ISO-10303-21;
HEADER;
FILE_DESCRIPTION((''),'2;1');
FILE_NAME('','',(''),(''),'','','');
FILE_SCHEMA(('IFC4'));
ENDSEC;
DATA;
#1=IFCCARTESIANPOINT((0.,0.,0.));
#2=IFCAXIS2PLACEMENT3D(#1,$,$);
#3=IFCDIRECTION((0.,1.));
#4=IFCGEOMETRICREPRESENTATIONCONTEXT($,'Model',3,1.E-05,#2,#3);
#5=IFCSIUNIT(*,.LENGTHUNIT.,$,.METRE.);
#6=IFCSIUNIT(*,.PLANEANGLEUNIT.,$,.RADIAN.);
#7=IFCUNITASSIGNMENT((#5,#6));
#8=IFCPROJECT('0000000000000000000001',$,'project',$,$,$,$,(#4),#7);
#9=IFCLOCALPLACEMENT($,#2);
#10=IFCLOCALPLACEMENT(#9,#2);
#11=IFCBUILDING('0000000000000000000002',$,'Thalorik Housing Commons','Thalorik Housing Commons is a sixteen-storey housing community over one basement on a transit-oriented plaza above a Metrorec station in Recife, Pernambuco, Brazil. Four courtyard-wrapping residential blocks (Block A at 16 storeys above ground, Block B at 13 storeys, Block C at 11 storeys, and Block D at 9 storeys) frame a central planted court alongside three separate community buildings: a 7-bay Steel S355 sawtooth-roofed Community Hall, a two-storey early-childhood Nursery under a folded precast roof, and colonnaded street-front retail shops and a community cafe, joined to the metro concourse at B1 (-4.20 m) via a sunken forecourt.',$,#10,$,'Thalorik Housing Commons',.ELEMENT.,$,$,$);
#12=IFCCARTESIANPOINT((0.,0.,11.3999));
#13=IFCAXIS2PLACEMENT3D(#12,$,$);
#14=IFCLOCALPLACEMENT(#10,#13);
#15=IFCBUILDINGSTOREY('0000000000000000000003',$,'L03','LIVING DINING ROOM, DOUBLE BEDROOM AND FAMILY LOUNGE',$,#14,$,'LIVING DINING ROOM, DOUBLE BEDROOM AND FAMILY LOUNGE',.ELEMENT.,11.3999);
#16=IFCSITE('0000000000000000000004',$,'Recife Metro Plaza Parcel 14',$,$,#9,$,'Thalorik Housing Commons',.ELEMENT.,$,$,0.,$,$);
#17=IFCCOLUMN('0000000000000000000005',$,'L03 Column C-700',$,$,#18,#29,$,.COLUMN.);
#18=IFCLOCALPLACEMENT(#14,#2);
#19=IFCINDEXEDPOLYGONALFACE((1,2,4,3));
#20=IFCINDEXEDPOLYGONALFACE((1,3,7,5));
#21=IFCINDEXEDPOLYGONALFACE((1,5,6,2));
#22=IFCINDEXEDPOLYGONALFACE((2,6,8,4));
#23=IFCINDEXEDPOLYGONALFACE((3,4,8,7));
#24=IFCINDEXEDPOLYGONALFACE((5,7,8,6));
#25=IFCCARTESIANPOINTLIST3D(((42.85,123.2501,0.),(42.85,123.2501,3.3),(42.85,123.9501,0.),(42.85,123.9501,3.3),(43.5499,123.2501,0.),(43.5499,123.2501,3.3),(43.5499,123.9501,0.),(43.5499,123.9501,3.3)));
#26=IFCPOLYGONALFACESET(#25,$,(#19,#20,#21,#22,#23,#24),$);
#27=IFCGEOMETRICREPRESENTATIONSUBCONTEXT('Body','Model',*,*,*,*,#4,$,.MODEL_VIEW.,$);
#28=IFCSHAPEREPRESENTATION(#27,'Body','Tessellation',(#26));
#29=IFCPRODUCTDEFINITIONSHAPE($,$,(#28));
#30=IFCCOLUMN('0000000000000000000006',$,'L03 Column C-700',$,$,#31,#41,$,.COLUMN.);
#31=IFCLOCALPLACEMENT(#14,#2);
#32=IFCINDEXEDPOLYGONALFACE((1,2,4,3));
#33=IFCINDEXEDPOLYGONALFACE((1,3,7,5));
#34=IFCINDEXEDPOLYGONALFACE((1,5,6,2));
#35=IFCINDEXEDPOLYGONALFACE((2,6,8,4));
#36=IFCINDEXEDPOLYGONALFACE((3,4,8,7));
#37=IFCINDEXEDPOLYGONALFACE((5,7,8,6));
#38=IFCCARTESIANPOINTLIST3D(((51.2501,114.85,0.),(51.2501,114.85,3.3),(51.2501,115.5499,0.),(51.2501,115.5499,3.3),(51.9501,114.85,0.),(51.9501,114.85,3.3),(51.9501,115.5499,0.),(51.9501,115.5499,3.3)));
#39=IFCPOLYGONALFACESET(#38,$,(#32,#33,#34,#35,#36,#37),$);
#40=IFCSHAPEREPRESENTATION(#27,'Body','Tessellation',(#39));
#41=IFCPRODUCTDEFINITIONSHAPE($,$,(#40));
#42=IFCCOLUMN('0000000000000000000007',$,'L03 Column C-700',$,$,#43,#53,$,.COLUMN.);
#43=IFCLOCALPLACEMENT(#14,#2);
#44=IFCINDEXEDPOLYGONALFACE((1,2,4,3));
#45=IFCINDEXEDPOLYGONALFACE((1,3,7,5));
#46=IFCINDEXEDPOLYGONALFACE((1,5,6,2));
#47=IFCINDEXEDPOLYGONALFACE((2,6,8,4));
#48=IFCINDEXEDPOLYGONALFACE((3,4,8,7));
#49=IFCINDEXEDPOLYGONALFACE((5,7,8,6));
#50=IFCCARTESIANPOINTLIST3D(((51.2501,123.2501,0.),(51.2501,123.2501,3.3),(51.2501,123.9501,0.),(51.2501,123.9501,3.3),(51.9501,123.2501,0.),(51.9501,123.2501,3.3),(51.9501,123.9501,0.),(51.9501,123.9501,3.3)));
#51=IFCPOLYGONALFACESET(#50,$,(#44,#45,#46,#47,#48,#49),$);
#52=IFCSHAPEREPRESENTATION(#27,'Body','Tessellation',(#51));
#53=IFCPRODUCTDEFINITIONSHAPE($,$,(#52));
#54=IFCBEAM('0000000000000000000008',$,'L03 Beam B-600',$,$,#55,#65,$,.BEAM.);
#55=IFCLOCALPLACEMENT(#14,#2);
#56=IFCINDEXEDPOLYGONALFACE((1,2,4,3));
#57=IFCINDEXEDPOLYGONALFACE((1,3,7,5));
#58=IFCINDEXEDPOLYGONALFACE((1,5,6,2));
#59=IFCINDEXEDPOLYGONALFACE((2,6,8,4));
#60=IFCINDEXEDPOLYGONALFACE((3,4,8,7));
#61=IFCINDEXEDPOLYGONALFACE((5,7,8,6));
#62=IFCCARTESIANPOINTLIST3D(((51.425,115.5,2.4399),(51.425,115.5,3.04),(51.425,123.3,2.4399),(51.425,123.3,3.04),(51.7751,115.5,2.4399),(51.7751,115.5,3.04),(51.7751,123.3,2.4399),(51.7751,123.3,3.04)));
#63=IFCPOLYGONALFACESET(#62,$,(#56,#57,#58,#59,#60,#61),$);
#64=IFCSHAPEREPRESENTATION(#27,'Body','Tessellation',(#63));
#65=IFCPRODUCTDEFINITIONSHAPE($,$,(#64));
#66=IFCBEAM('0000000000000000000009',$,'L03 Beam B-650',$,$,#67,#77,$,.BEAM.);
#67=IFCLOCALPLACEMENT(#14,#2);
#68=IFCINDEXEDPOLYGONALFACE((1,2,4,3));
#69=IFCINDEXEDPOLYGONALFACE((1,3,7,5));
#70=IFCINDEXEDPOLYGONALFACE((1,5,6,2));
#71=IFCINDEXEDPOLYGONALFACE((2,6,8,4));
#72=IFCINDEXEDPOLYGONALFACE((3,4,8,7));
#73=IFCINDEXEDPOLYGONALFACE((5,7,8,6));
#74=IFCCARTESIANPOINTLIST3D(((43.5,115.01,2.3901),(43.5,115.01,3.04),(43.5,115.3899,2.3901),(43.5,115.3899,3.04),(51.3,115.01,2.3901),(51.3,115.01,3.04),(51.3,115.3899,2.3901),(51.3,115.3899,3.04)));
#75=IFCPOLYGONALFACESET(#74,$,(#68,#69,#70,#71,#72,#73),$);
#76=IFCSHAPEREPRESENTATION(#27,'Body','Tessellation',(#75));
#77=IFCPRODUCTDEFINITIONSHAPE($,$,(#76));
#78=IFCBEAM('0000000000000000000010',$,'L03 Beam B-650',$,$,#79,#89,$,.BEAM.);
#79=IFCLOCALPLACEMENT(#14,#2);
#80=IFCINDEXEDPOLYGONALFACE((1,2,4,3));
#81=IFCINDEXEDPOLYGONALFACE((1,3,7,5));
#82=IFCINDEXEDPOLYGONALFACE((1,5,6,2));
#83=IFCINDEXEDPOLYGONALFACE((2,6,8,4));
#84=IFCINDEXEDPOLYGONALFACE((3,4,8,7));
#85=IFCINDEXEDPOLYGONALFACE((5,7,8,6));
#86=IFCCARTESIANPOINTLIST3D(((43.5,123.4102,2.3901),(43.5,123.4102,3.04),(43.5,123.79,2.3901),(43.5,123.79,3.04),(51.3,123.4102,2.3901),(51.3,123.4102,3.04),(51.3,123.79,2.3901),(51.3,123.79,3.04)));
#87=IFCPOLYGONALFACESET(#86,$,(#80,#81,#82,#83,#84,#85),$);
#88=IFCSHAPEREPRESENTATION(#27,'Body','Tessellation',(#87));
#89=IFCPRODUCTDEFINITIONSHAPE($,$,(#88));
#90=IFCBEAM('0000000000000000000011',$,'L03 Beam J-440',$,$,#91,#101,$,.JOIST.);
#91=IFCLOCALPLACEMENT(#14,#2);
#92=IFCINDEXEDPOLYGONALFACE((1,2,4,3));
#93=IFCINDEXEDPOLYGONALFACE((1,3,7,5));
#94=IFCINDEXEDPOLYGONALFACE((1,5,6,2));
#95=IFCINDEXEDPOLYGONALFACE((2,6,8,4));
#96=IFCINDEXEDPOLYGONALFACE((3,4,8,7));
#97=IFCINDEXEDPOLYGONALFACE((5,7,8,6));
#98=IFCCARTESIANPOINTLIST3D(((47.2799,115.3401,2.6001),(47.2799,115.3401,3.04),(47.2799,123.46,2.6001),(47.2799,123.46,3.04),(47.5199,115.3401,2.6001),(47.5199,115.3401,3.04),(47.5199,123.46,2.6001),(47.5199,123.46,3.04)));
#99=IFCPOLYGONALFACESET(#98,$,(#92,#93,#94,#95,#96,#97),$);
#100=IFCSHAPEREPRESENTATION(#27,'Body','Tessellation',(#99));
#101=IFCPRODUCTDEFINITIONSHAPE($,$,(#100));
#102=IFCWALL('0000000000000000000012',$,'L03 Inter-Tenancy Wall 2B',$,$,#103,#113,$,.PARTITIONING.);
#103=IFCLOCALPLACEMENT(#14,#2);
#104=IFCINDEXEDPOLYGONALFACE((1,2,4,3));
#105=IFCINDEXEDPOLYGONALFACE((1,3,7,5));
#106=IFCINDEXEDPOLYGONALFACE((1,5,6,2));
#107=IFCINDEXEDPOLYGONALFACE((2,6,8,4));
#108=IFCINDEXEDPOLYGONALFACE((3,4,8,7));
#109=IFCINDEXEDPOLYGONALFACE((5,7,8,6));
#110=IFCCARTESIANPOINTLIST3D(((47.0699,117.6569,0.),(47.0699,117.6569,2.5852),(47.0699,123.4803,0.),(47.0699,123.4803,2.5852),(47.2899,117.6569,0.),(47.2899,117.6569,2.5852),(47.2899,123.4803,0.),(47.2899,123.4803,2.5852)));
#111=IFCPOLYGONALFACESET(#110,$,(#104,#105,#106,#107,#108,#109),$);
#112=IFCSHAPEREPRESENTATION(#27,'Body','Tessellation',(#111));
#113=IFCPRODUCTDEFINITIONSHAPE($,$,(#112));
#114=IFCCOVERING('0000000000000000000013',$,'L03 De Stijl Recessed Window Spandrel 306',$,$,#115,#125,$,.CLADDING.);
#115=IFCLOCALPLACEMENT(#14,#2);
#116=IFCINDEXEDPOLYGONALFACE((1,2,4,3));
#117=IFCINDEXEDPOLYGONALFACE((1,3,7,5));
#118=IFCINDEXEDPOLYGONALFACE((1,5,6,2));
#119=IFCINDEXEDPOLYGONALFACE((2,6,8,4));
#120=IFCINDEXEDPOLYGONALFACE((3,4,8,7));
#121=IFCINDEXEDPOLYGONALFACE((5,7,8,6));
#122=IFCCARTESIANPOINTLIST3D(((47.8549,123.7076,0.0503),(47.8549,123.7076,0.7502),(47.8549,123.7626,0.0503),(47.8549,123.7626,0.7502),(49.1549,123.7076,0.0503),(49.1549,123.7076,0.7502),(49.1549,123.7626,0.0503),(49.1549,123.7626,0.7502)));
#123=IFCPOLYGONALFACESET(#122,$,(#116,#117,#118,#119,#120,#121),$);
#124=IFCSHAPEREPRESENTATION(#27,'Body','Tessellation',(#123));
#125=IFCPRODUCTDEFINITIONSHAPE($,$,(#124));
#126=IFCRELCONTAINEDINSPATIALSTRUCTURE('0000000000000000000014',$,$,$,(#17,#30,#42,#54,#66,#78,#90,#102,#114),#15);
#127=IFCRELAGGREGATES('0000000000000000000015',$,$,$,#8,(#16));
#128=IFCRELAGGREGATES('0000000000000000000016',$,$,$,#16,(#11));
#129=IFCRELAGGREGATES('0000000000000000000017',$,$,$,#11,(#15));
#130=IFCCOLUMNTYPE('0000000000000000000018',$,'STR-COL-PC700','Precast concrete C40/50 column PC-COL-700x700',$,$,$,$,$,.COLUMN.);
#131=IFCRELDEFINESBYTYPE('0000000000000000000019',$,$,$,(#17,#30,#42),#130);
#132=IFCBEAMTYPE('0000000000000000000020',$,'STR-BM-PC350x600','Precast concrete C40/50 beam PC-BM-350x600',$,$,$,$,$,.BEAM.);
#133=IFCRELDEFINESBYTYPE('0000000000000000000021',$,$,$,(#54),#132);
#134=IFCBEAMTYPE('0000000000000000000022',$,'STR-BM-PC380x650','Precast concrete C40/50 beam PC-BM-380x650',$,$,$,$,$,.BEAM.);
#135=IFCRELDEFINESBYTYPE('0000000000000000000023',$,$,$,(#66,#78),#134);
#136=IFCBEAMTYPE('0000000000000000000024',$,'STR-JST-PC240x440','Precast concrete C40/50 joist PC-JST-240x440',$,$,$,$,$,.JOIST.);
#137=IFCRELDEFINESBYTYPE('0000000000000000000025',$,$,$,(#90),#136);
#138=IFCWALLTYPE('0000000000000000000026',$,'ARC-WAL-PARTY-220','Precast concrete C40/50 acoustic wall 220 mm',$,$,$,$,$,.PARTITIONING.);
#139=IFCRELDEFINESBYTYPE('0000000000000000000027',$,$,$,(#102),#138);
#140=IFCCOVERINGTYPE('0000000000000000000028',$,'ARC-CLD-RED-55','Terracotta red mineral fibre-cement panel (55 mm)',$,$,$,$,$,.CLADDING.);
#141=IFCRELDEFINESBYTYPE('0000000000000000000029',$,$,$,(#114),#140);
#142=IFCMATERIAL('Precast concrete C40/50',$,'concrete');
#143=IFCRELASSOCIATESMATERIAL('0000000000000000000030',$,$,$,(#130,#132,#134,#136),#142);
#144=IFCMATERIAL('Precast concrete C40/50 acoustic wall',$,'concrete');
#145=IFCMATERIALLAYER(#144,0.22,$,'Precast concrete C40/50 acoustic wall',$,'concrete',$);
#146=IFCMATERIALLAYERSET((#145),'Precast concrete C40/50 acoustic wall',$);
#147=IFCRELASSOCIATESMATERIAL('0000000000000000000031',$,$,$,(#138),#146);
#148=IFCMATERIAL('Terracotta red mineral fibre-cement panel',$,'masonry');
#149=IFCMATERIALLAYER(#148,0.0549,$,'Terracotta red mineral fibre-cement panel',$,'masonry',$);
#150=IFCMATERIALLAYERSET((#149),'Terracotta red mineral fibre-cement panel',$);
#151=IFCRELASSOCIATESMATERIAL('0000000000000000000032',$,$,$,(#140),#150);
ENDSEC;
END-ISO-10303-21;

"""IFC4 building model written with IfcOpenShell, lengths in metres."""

from ifc_helpers import new_model, si_unit, direction, frame, frame_2d, origin, origin_2d, place, context, subcontext, project, spatial, rectangle, extrude, material, layer, layer_set, material_profile, profile_set, type_object, element, save


model = new_model("IFC4")

# Units and contexts
model_context = context("Model", 3, precision=1e-05, world=origin(), true_north=direction((0.0, 1.0)))
body_context = subcontext(model_context, "Body", "Model", "MODEL_VIEW")
ifc_project = project(units=[si_unit("LENGTHUNIT", "METRE"), si_unit("PLANEANGLEUNIT", "RADIAN")], contexts=[model_context])

# Site, building, storey
site_placement = place(None, origin())
site = spatial("IfcSite", under=ifc_project, at=site_placement, Name="Recife Metro Plaza Parcel 14", LongName="Thalorik Housing Commons", CompositionType="ELEMENT", RefElevation=0.0)
building_placement = place(site_placement, origin())
building = spatial("IfcBuilding", under=site, at=building_placement, Name="Thalorik Housing Commons", Description="Thalorik Housing Commons is a sixteen-storey housing community over one basement on a transit-oriented plaza above a Metrorec station in Recife, Pernambuco, Brazil. Four courtyard-wrapping residential blocks (Block A at 16 storeys above ground, Block B at 13 storeys, Block C at 11 storeys, and Block D at 9 storeys) frame a central planted court alongside three separate community buildings: a 7-bay Steel S355 sawtooth-roofed Community Hall, a two-storey early-childhood Nursery under a folded precast roof, and colonnaded street-front retail shops and a community cafe, joined to the metro concourse at B1 (-4.20 m) via a sunken forecourt.", LongName="Thalorik Housing Commons", CompositionType="ELEMENT")
storey_placement = place(building_placement, frame((0.0, 0.0, 11.3999)))
storey = spatial("IfcBuildingStorey", under=building, at=storey_placement, Name="L03", Description="LIVING DINING ROOM, DOUBLE BEDROOM AND FAMILY LOUNGE", LongName="LIVING DINING ROOM, DOUBLE BEDROOM AND FAMILY LOUNGE", CompositionType="ELEMENT", Elevation=11.3999)

# Columns
ifc_material_1 = material(Name="Precast concrete C40/50", Category="concrete")
ifc_material_profile_1 = material_profile(ifc_material_1, rectangle(XDim=0.7, YDim=0.7, at=origin_2d()), Name="PC 700x700", Category="concrete")
ifc_profile_set_1 = profile_set([ifc_material_profile_1], Name="Precast concrete C40/50")
column_type = type_object("IfcColumnType", Name="STR-COL-PC700", Description="Precast concrete C40/50 column PC-COL-700x700", PredefinedType="COLUMN", material=ifc_profile_set_1)
for number, where, z_axis, x_axis, name in (
    (1, (43.2, 123.6001, 0.0), (0.0, 0.0, 1.0), (1.0, 0.0, 0.0), "L03 Column C-700"),
    (2, (51.6001, 115.2, 0.0), (0.0, 0.0, 1.0), (1.0, 0.0, 0.0), "L03 Column C-700"),
    (3, (51.6001, 123.6001, 0.0), (0.0, 0.0, 1.0), (1.0, 0.0, 0.0), "L03 Column C-700"),
):
    element("IfcColumn", number, at=place(storey_placement, frame(where, z_axis=z_axis, x_axis=x_axis)), inside=storey, type_object=column_type, Name=name, PredefinedType="COLUMN", context=body_context, shape_type="SweptSolid", body=[
        extrude(rectangle(XDim=0.7, YDim=0.7, at=origin_2d()), origin(), (0.0, 0.0, 1.0), 3.3),
    ])

# Beams
ifc_material_profile_2 = material_profile(ifc_material_1, rectangle(XDim=0.3501, YDim=0.6001, at=origin_2d()), Name="PC 350x600", Category="concrete")
ifc_profile_set_2 = profile_set([ifc_material_profile_2], Name="Precast concrete C40/50")
beam_type_1 = type_object("IfcBeamType", Name="STR-BM-PC350x600", Description="Precast concrete C40/50 beam PC-BM-350x600", PredefinedType="BEAM", material=ifc_profile_set_2)
beam_1_placement = place(storey_placement, frame((51.6001, 115.5, 2.74), z_axis=(0.0, 1.0, 0.0), x_axis=(-1.0, 0.0, 0.0)))
element("IfcBeam", 4, at=beam_1_placement, inside=storey, type_object=beam_type_1, Name="L03 Beam B-600", PredefinedType="BEAM", context=body_context, shape_type="SweptSolid", body=[
    extrude(rectangle(XDim=0.3501, YDim=0.6001, at=origin_2d()), origin(), (0.0, 0.0, 1.0), 7.8),
])
ifc_material_profile_3 = material_profile(ifc_material_1, rectangle(XDim=0.3799, YDim=0.6499, at=origin_2d()), Name="PC 380x650", Category="concrete")
ifc_profile_set_3 = profile_set([ifc_material_profile_3], Name="Precast concrete C40/50")
beam_type_2 = type_object("IfcBeamType", Name="STR-BM-PC380x650", Description="Precast concrete C40/50 beam PC-BM-380x650", PredefinedType="BEAM", material=ifc_profile_set_3)
for number, where, z_axis, x_axis, name in (
    (5, (43.5, 115.2, 2.7151), (1.0, 0.0, 0.0), (0.0, 1.0, 0.0), "L03 Beam B-650"),
    (6, (43.5, 123.6001, 2.7151), (1.0, 0.0, 0.0), (0.0, 1.0, 0.0), "L03 Beam B-650"),
):
    element("IfcBeam", number, at=place(storey_placement, frame(where, z_axis=z_axis, x_axis=x_axis)), inside=storey, type_object=beam_type_2, Name=name, PredefinedType="BEAM", context=body_context, shape_type="SweptSolid", body=[
        extrude(rectangle(XDim=0.3799, YDim=0.6499, at=origin_2d()), origin(), (0.0, 0.0, 1.0), 7.8),
    ])
ifc_material_profile_4 = material_profile(ifc_material_1, rectangle(XDim=0.24, YDim=0.4399, at=origin_2d()), Name="PC JST 240x440", Category="concrete")
ifc_profile_set_4 = profile_set([ifc_material_profile_4], Name="Precast concrete C40/50")
beam_type_3 = type_object("IfcBeamType", Name="STR-JST-PC240x440", Description="Precast concrete C40/50 joist PC-JST-240x440", PredefinedType="JOIST", material=ifc_profile_set_4)
beam_2_placement = place(storey_placement, frame((47.3999, 115.3401, 2.8201), z_axis=(0.0, 1.0, 0.0), x_axis=(-1.0, 0.0, 0.0)))
element("IfcBeam", 7, at=beam_2_placement, inside=storey, type_object=beam_type_3, Name="L03 Beam J-440", PredefinedType="JOIST", context=body_context, shape_type="SweptSolid", body=[
    extrude(rectangle(XDim=0.24, YDim=0.4399, at=origin_2d()), origin(), (0.0, 0.0, 1.0), 8.1199),
])

# Wall
ifc_material_2 = material(Name="Precast concrete C40/50 acoustic wall", Category="concrete")
ifc_layer_1 = layer(ifc_material_2, 0.22, Name="Precast concrete C40/50 acoustic wall", Category="concrete")
ifc_layer_set_1 = layer_set([ifc_layer_1], Name="Precast concrete C40/50 acoustic wall")
wall_type_1 = type_object("IfcWallType", Name="ARC-WAL-PARTY-220", Description="Precast concrete C40/50 acoustic wall 220 mm", PredefinedType="PARTITIONING", material=ifc_layer_set_1)
wall_1_placement = place(storey_placement, frame((47.1799, 117.657, 0.0), z_axis=(0.0, 0.0, 1.0), x_axis=(0.0, 1.0, 0.0)))
element("IfcWall", 8, at=wall_1_placement, inside=storey, type_object=wall_type_1, Name="L03 Inter-Tenancy Wall 2B", PredefinedType="PARTITIONING", context=body_context, shape_type="SweptSolid", body=[
    extrude(rectangle(XDim=5.8235, YDim=0.22, at=frame_2d((2.9116, 0.0))), origin(), (0.0, 0.0, 1.0), 2.5852),
])

# Covering
ifc_material_3 = material(Name="Terracotta red mineral fibre-cement panel", Category="masonry")
ifc_layer_2 = layer(ifc_material_3, 0.0549, Name="Terracotta red mineral fibre-cement panel", Category="masonry")
ifc_layer_set_2 = layer_set([ifc_layer_2], Name="Terracotta red mineral fibre-cement panel")
covering_type_1 = type_object("IfcCoveringType", Name="ARC-CLD-RED-55", Description="Terracotta red mineral fibre-cement panel (55 mm)", PredefinedType="CLADDING", material=ifc_layer_set_2)
covering_1_placement = place(storey_placement, frame((48.5049, 123.7351, 0.0503), z_axis=(0.0, 0.0, 1.0), x_axis=(-1.0, 0.0, 0.0)))
element("IfcCovering", 9, at=covering_1_placement, inside=storey, type_object=covering_type_1, Name="L03 De Stijl Recessed Window Spandrel 306", PredefinedType="CLADDING", context=body_context, shape_type="SweptSolid", body=[
    extrude(rectangle(XDim=1.3, YDim=0.0549, at=origin_2d()), origin(), (0.0, 0.0, 1.0), 0.7),
])

save(model, "model.ifc")
